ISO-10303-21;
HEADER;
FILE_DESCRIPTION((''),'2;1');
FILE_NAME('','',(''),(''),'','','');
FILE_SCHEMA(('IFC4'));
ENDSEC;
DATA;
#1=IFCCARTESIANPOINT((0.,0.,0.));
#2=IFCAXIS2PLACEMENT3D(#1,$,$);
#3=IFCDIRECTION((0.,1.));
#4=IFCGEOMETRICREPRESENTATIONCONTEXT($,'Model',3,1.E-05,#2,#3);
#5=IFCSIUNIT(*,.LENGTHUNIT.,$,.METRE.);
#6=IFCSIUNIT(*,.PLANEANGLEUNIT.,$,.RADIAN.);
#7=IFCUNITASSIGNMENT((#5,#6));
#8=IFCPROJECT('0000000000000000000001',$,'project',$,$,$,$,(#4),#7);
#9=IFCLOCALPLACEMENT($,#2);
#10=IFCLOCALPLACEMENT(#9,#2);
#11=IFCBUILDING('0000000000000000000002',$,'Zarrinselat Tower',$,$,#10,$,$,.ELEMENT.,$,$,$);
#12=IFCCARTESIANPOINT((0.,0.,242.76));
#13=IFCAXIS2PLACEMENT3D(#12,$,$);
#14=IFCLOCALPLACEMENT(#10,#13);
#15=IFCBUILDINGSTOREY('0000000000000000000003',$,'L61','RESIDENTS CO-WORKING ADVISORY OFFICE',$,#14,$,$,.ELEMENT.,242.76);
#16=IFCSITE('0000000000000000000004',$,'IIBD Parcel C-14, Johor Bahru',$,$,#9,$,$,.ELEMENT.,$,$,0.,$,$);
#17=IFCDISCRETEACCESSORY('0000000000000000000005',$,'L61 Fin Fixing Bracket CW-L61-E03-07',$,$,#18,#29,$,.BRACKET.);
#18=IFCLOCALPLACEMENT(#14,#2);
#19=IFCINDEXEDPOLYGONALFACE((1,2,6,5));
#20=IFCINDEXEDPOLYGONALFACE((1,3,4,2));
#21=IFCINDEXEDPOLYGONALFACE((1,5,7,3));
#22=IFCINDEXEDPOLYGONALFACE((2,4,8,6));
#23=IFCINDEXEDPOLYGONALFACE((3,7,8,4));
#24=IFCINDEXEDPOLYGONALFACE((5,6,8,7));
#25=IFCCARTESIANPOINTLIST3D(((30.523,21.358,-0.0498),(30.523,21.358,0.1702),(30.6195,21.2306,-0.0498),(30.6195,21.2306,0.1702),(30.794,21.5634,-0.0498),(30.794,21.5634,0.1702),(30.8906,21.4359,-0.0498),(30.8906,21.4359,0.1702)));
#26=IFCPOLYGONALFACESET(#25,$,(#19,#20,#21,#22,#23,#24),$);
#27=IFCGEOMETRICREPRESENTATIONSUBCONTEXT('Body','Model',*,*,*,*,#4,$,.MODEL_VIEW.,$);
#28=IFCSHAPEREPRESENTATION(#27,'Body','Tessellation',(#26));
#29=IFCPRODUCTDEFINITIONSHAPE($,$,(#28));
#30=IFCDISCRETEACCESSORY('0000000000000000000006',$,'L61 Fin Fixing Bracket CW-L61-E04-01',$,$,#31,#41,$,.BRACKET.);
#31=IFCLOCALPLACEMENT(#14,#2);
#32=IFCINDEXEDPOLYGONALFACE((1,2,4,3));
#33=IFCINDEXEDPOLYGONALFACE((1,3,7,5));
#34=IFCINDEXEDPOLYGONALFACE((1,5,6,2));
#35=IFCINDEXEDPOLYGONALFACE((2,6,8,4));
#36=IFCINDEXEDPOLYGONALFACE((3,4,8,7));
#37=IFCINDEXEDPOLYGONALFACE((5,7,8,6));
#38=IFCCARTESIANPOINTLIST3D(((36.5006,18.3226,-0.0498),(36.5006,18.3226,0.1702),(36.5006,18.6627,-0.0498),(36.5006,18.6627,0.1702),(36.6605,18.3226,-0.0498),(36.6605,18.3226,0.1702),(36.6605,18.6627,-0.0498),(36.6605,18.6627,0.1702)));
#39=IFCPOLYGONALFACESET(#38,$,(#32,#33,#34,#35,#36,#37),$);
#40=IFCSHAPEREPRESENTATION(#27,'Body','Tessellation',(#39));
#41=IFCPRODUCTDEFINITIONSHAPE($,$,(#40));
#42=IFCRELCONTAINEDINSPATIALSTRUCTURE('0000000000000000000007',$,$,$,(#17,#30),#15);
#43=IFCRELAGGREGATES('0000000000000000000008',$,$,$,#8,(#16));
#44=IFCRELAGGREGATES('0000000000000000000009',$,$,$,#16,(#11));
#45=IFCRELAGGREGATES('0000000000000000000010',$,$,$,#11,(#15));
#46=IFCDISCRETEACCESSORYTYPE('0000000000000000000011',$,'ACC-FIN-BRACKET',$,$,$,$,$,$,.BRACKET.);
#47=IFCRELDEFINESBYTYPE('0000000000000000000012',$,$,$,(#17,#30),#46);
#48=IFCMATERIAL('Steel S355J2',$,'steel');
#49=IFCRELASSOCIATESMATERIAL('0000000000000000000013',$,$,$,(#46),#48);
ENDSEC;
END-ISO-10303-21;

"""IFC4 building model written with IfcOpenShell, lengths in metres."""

from ifc_helpers import new_model, si_unit, direction, frame, origin, origin_2d, place, context, subcontext, project, spatial, rectangle, extrude, material, type_object, element, save


model = new_model("IFC4")

# Units and contexts
model_context = context("Model", 3, precision=1e-05, world=origin(), true_north=direction((0.0, 1.0)))
body_context = subcontext(model_context, "Body", "Model", "MODEL_VIEW")
ifc_project = project(units=[si_unit("LENGTHUNIT", "METRE"), si_unit("PLANEANGLEUNIT", "RADIAN")], contexts=[model_context])

# Site, building, storey
site_placement = place(None, origin())
site = spatial("IfcSite", under=ifc_project, at=site_placement, Name="IIBD Parcel C-14, Johor Bahru", CompositionType="ELEMENT", RefElevation=0.0)
building_placement = place(site_placement, origin())
building = spatial("IfcBuilding", under=site, at=building_placement, Name="Zarrinselat Tower", CompositionType="ELEMENT")
storey_placement = place(building_placement, frame((0.0, 0.0, 242.76)))
storey = spatial("IfcBuildingStorey", under=building, at=storey_placement, Name="L61", Description="RESIDENTS CO-WORKING ADVISORY OFFICE", CompositionType="ELEMENT", Elevation=242.76)

# Discrete accessories
ifc_material_1 = material(Name="Steel S355J2", Category="steel")
discrete_accessory_type = type_object("IfcDiscreteAccessoryType", Name="ACC-FIN-BRACKET", PredefinedType="BRACKET", material=ifc_material_1)
for number, where, z_axis, x_axis, name in (
    (1, (30.7068, 21.397, -0.0498), (0.0, 0.0, 1.0), (-0.797092, -0.603858, 0.0), "L61 Fin Fixing Bracket CW-L61-E03-07"),
    (2, (36.5806, 18.4927, -0.0498), (0.0, 0.0, 1.0), (0.0, -1.0, 0.0), "L61 Fin Fixing Bracket CW-L61-E04-01"),
):
    element("IfcDiscreteAccessory", number, at=place(storey_placement, frame(where, z_axis=z_axis, x_axis=x_axis)), inside=storey, type_object=discrete_accessory_type, Name=name, PredefinedType="BRACKET", context=body_context, shape_type="SweptSolid", body=[
        extrude(rectangle(XDim=0.3401, YDim=0.1599, at=origin_2d()), origin(), (0.0, 0.0, 1.0), 0.22),
    ])

save(model, "model.ifc")
